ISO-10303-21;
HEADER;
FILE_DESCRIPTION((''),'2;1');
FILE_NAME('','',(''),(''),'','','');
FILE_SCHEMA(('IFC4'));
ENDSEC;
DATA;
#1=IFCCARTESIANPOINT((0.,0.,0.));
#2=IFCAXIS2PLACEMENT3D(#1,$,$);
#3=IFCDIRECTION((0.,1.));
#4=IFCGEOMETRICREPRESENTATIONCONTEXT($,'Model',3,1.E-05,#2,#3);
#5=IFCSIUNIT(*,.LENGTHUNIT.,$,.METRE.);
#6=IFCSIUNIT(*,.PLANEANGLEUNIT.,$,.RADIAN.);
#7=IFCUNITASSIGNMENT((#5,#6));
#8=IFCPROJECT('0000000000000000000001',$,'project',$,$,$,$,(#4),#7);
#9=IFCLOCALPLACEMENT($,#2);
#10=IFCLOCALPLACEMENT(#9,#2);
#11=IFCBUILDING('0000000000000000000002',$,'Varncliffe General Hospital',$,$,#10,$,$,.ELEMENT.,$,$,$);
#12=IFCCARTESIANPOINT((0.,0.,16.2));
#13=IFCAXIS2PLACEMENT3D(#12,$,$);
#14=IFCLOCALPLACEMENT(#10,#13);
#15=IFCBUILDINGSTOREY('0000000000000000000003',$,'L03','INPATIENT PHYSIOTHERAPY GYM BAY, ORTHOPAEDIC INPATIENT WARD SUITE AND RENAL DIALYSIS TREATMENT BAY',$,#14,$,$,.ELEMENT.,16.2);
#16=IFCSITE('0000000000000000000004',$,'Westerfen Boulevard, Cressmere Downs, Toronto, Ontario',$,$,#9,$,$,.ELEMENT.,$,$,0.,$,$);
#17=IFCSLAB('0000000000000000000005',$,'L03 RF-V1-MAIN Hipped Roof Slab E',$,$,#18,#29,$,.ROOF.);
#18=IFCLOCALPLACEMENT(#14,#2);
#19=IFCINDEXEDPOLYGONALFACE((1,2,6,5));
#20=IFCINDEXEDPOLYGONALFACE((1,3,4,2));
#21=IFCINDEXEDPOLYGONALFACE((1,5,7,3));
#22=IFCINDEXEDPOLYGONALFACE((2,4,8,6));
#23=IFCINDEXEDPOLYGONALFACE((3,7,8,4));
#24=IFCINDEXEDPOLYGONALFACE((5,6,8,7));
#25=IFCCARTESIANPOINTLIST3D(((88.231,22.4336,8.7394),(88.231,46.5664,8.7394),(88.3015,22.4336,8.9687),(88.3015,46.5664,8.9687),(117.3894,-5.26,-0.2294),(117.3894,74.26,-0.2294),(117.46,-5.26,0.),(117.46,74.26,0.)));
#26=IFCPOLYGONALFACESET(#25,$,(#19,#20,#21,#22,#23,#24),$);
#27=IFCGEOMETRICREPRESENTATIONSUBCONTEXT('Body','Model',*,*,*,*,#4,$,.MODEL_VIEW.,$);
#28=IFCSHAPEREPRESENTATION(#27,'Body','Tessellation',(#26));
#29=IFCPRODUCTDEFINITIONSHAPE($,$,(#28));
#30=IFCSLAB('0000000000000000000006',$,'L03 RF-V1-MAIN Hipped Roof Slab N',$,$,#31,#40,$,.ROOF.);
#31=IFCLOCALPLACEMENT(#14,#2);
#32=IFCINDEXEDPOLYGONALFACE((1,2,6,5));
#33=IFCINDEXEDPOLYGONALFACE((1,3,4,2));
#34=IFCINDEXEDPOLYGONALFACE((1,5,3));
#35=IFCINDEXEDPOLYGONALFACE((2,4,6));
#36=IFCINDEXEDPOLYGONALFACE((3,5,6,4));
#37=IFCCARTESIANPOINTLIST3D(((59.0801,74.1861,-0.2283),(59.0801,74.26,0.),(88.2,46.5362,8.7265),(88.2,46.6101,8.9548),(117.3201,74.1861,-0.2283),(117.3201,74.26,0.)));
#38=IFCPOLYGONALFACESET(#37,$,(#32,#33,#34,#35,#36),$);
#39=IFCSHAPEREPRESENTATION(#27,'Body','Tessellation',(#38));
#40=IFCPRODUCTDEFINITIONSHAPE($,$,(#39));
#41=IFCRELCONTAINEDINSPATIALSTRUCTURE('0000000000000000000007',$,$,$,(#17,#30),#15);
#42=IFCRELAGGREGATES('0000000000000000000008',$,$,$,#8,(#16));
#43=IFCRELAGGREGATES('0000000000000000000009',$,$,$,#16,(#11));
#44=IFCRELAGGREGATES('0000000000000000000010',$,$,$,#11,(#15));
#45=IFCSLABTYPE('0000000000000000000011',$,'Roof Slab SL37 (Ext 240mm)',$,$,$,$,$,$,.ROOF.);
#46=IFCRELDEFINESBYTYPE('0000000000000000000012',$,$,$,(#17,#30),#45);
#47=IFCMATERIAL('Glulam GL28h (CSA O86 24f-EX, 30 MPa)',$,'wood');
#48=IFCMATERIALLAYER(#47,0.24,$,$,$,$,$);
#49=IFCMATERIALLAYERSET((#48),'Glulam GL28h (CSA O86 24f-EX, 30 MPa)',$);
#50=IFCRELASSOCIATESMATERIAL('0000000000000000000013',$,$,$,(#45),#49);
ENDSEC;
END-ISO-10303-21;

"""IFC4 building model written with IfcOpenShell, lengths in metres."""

from ifc_helpers import new_model, si_unit, direction, frame, origin, place, context, subcontext, project, spatial, polyline, outline, extrude, material, layer, layer_set, type_object, element, save


model = new_model("IFC4")

# Units and contexts
model_context = context("Model", 3, precision=1e-05, world=origin(), true_north=direction((0.0, 1.0)))
body_context = subcontext(model_context, "Body", "Model", "MODEL_VIEW")
ifc_project = project(units=[si_unit("LENGTHUNIT", "METRE"), si_unit("PLANEANGLEUNIT", "RADIAN")], contexts=[model_context])

# Site, building, storey
site_placement = place(None, origin())
site = spatial("IfcSite", under=ifc_project, at=site_placement, Name="Westerfen Boulevard, Cressmere Downs, Toronto, Ontario", CompositionType="ELEMENT", RefElevation=0.0)
building_placement = place(site_placement, origin())
building = spatial("IfcBuilding", under=site, at=building_placement, Name="Varncliffe General Hospital", CompositionType="ELEMENT")
storey_placement = place(building_placement, frame((0.0, 0.0, 16.2)))
storey = spatial("IfcBuildingStorey", under=building, at=storey_placement, Name="L03", Description="INPATIENT PHYSIOTHERAPY GYM BAY, ORTHOPAEDIC INPATIENT WARD SUITE AND RENAL DIALYSIS TREATMENT BAY", CompositionType="ELEMENT", Elevation=16.2)

# Shared definitions
ifc_material_1 = material(Name="Glulam GL28h (CSA O86 24f-EX, 30 MPa)", Category="wood")

# Slabs
ifc_layer_1 = layer(ifc_material_1, 0.24)
ifc_layer_set_1 = layer_set([ifc_layer_1], Name="Glulam GL28h (CSA O86 24f-EX, 30 MPa)")
slab_type = type_object("IfcSlabType", Name="Roof Slab SL37 (Ext 240mm)", PredefinedType="ROOF", material=ifc_layer_set_1)
slab_1_placement = place(storey_placement, frame((117.46, -5.26, 0.0), z_axis=(0.293994, 0.0, 0.955807), x_axis=(0.0, 1.0, 0.0)))
element("IfcSlab", 1, at=slab_1_placement, inside=storey, type_object=slab_type, Name="L03 RF-V1-MAIN Hipped Roof Slab E", PredefinedType="ROOF", context=body_context, shape_type="SweptSolid", body=[
    extrude(outline(polyline([(0.0, 0.0), (79.52, 0.0), (51.8264, 30.5066), (27.6936, 30.5066), (0.0, 0.0)])), origin(), (0.0, 0.0, -1.0), 0.24),
])
slab_2_placement = place(storey_placement, frame((117.3201, 74.26, 0.0), z_axis=(0.0, 0.308109, 0.951351), x_axis=(-1.0, 0.0, 0.0)))
element("IfcSlab", 2, at=slab_2_placement, inside=storey, type_object=slab_type, Name="L03 RF-V1-MAIN Hipped Roof Slab N", PredefinedType="ROOF", context=body_context, shape_type="SweptSolid", body=[
    extrude(outline(polyline([(0.0, 0.0), (58.24, 0.0), (29.1201, 29.0638), (0.0, 0.0)])), origin(), (0.0, 0.0, -1.0), 0.24),
])

save(model, "model.ifc")
